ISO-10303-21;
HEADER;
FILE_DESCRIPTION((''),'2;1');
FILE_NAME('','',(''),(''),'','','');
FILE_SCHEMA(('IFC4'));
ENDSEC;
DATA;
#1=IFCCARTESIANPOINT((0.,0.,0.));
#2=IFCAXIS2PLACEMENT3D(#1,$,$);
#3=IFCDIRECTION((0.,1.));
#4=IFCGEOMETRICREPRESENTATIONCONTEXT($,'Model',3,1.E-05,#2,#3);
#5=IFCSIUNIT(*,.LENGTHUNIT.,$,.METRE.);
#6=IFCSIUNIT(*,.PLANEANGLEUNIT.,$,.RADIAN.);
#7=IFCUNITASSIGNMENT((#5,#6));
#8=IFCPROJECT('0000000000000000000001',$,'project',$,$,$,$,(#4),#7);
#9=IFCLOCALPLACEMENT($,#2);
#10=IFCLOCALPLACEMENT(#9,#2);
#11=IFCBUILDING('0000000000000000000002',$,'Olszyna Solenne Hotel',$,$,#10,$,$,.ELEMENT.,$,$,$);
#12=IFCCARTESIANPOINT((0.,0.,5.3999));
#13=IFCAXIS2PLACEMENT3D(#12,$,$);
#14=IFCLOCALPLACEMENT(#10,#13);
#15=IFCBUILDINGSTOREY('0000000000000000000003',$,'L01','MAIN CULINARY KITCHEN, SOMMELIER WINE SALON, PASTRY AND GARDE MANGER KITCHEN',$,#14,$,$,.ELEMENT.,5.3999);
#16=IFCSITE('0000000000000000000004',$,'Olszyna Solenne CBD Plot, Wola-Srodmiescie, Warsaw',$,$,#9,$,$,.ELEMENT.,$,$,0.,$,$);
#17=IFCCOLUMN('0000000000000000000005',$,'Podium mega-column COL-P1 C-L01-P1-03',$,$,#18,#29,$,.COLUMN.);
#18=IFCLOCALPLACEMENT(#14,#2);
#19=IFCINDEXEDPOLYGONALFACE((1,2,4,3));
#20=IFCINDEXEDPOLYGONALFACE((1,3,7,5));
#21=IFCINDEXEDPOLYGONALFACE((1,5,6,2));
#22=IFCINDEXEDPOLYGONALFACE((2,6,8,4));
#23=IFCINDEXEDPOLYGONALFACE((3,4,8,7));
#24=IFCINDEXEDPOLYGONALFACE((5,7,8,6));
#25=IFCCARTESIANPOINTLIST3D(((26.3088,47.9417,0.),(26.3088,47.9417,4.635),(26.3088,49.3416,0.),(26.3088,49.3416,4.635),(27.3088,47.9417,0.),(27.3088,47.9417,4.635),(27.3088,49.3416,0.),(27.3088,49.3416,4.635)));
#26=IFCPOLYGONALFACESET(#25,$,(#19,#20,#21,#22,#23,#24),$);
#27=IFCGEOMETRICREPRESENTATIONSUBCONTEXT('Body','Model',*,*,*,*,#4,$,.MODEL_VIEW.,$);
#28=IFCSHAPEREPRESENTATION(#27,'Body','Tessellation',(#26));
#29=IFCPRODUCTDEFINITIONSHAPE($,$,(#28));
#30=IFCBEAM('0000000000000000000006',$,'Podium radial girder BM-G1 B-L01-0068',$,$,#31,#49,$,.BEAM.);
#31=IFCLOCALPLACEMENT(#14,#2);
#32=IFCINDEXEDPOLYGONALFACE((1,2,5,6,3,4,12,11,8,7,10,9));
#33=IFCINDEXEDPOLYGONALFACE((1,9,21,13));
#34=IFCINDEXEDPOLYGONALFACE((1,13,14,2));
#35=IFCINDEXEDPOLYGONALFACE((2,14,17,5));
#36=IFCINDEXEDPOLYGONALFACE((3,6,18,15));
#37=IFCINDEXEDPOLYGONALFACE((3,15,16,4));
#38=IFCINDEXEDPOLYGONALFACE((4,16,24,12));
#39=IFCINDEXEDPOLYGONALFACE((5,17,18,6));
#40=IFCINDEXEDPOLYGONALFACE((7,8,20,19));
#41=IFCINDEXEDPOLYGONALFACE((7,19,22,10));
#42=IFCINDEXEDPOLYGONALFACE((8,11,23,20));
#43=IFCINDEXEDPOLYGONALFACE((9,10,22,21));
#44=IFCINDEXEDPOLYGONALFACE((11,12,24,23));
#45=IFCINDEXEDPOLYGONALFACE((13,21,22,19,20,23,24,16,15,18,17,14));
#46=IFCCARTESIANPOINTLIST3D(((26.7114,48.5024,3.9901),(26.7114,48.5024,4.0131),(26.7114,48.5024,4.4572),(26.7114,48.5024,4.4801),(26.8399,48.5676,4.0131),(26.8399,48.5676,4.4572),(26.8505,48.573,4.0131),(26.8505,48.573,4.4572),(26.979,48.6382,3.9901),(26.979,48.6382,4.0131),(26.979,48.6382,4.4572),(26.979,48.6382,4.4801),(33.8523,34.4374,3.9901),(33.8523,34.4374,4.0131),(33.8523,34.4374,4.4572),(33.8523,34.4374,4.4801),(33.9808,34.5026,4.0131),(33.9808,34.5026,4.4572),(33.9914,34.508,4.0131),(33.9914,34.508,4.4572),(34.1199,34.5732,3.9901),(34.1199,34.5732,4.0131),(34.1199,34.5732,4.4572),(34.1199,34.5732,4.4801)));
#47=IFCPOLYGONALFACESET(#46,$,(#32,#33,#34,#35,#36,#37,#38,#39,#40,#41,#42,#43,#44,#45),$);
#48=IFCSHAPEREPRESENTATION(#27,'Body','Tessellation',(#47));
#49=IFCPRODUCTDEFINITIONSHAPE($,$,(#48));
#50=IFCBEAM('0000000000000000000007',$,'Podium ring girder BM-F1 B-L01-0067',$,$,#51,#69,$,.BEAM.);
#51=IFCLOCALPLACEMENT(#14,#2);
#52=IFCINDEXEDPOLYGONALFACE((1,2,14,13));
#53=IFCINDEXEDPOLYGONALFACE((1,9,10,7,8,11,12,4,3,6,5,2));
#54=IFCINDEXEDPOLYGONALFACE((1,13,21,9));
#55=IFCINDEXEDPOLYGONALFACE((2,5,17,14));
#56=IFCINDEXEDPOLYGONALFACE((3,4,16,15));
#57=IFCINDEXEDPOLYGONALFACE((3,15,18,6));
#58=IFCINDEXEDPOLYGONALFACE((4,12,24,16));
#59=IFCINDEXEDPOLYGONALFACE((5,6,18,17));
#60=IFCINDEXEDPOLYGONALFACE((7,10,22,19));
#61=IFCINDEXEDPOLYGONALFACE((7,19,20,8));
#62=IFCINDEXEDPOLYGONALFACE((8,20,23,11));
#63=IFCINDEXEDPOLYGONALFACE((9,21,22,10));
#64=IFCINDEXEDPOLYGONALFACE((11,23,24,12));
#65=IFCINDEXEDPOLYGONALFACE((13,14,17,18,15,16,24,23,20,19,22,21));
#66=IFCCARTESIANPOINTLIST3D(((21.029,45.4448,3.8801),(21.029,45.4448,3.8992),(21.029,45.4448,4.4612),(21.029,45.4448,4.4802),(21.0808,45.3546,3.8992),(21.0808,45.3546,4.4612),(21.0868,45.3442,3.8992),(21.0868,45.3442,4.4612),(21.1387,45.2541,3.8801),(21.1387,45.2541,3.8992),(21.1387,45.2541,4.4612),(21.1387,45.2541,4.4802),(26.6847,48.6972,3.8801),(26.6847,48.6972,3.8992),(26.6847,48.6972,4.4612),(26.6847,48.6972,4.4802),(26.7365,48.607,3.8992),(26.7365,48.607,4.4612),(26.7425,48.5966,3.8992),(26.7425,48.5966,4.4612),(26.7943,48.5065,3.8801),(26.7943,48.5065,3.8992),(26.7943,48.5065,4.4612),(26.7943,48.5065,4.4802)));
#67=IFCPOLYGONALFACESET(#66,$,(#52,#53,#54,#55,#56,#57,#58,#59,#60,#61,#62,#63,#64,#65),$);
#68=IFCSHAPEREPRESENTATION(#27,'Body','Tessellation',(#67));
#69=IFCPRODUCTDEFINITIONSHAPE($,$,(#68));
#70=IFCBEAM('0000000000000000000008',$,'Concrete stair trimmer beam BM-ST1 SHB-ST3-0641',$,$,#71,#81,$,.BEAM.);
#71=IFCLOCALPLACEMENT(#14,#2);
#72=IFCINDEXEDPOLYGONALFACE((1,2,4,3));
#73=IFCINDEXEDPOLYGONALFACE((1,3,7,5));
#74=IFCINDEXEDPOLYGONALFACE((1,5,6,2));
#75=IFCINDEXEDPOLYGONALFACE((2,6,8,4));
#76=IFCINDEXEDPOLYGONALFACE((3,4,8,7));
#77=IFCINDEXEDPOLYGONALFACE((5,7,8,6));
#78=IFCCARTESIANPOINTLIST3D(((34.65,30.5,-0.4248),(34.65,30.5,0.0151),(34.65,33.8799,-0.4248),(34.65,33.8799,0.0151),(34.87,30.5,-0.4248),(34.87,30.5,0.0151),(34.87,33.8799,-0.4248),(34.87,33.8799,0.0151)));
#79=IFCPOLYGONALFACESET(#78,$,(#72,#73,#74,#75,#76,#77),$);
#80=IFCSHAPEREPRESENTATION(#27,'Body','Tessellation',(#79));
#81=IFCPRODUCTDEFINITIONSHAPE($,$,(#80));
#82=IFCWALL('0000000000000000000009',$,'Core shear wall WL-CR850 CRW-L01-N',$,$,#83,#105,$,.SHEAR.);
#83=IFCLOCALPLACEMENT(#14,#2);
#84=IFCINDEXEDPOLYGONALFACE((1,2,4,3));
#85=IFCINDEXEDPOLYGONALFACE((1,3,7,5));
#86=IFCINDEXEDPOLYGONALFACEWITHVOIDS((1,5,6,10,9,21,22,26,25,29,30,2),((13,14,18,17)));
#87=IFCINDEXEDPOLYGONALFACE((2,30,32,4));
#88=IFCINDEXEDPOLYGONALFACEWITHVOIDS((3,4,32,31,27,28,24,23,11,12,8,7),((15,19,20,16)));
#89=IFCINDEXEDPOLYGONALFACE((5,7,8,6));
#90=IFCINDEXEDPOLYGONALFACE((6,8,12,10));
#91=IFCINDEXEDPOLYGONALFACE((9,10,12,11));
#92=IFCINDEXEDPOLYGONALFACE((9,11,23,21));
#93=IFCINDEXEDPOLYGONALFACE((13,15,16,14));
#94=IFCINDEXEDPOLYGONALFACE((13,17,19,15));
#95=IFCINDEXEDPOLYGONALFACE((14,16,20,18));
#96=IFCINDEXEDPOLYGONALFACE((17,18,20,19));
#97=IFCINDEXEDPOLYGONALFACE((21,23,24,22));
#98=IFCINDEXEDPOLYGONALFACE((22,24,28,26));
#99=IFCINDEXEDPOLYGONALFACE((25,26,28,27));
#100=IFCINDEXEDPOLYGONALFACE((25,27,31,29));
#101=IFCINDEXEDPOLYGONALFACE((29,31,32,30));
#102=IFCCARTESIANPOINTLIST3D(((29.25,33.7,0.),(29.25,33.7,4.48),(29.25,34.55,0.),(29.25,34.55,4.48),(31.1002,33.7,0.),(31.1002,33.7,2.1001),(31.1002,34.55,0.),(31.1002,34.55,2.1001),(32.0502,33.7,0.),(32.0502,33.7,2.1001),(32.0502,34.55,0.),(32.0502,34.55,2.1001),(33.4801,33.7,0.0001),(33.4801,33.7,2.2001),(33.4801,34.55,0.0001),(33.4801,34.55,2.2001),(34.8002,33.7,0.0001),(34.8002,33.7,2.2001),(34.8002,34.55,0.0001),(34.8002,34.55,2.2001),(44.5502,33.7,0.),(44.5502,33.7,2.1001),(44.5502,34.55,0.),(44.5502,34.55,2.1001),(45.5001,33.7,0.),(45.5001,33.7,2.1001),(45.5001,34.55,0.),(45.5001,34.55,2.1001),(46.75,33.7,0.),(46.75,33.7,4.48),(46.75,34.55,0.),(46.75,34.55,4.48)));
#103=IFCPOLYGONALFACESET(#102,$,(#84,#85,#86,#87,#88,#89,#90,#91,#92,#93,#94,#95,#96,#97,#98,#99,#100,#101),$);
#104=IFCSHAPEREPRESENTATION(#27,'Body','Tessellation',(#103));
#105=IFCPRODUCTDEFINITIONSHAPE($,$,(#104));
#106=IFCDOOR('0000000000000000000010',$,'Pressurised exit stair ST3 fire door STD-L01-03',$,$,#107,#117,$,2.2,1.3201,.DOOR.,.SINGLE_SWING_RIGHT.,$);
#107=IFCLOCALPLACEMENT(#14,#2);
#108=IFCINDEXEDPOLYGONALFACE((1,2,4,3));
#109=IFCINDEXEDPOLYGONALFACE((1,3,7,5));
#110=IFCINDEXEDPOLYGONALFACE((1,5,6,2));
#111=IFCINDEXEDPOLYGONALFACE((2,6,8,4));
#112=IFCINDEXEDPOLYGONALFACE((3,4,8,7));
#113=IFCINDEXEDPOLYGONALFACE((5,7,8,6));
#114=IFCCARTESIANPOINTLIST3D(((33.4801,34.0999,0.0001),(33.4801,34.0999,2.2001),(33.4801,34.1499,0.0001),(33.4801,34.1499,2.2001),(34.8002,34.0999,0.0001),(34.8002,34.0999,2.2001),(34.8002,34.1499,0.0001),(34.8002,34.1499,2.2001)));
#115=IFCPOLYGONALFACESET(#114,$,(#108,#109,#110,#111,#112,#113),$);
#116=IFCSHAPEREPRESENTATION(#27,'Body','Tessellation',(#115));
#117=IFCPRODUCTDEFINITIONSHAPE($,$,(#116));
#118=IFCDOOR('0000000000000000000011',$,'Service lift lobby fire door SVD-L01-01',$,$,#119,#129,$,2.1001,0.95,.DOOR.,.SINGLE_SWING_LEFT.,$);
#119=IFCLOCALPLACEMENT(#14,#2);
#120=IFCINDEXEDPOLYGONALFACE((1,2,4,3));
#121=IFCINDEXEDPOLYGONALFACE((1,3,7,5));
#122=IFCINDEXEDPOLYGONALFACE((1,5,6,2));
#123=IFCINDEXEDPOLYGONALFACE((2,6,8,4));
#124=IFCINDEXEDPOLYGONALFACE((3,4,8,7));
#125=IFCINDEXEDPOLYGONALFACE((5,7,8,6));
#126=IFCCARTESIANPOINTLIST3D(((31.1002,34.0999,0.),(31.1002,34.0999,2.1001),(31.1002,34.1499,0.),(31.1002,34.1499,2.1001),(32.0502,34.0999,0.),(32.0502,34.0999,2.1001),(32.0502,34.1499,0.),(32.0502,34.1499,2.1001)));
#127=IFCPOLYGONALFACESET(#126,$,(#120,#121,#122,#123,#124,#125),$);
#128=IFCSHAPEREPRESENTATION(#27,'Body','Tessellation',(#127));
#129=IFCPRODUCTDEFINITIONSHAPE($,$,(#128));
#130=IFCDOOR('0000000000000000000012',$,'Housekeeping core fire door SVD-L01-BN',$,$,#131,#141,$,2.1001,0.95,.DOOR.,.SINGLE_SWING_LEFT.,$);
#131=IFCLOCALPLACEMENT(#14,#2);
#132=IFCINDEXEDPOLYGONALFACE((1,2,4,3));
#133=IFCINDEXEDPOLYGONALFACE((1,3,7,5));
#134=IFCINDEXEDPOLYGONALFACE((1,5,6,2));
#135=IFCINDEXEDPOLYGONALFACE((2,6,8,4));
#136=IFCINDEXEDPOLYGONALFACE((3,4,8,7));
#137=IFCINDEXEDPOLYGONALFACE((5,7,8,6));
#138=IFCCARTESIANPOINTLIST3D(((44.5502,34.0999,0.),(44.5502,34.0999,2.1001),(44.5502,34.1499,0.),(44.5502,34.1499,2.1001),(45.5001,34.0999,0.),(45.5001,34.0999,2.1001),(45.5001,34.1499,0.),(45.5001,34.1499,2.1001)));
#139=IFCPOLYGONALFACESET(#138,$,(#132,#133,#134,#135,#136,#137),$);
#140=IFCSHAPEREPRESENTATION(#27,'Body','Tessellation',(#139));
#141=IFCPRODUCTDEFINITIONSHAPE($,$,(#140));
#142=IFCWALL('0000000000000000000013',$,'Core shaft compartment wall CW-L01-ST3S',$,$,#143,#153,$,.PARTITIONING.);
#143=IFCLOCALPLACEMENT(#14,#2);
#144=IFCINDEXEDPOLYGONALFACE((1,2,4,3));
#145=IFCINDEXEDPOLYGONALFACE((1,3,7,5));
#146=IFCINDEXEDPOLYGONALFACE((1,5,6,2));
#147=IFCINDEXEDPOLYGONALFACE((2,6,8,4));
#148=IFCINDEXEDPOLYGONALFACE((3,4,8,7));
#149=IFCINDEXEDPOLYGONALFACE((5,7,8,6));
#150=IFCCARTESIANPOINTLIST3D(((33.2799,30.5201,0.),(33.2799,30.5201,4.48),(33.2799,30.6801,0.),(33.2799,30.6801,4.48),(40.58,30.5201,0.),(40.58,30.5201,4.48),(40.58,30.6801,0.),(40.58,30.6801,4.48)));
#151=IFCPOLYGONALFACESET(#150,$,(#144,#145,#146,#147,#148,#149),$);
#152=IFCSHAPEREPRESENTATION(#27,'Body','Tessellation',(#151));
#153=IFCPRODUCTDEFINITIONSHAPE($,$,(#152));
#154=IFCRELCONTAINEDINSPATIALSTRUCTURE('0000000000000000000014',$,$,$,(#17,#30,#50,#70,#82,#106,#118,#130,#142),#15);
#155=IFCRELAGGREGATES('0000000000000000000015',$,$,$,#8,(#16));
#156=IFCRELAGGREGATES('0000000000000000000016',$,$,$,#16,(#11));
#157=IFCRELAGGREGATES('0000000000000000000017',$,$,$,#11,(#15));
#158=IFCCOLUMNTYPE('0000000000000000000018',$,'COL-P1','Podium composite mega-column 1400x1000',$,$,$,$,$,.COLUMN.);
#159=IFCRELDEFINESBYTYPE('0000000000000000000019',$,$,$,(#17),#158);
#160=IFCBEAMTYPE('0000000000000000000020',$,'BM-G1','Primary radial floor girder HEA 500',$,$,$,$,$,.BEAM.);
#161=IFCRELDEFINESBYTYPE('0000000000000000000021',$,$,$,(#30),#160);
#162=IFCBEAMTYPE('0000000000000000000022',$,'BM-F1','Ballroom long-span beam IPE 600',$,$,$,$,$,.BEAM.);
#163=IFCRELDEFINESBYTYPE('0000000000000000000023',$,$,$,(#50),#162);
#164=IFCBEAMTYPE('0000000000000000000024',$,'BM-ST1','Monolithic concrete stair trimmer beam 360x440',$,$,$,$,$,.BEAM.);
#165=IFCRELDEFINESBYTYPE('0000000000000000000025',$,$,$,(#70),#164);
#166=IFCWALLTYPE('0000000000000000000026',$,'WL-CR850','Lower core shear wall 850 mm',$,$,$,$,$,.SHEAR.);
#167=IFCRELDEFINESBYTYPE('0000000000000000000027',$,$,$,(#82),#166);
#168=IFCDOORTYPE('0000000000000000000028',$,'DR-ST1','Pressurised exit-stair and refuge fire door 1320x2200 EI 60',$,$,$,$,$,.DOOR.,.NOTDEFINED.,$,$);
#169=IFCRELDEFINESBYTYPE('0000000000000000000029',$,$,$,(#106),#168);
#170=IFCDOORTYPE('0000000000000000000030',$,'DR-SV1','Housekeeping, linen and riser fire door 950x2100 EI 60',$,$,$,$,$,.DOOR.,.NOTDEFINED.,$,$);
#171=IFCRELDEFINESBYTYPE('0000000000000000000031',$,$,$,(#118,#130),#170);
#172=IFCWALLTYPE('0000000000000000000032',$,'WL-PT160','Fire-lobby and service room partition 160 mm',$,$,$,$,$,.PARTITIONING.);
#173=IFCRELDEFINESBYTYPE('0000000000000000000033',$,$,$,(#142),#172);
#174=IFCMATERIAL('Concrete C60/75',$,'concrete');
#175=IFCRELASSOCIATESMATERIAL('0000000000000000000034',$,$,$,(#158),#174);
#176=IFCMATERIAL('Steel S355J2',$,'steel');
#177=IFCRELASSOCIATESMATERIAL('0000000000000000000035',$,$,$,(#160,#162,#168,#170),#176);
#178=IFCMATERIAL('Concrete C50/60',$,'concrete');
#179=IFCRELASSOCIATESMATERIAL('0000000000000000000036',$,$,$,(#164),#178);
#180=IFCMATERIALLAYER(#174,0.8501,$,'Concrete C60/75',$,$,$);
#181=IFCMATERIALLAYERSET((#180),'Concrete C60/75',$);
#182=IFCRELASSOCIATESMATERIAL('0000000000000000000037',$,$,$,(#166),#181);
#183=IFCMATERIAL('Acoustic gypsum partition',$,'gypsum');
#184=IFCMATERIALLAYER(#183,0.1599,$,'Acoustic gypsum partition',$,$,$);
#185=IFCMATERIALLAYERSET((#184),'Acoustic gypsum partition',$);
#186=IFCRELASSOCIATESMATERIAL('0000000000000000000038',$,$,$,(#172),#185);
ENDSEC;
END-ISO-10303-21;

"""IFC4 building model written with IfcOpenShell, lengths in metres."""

from ifc_helpers import new_model, si_unit, direction, frame, frame_2d, origin, origin_2d, place, context, subcontext, project, spatial, rectangle, i_section, extrude, source, transform, mapped, material, layer, layer_set, material_profile, profile_set, type_object, type_shapes, element, fill, save


model = new_model("IFC4")

# Units and contexts
model_context = context("Model", 3, precision=1e-05, world=origin(), true_north=direction((0.0, 1.0)))
body_context = subcontext(model_context, "Body", "Model", "MODEL_VIEW")
ifc_project = project(units=[si_unit("LENGTHUNIT", "METRE"), si_unit("PLANEANGLEUNIT", "RADIAN")], contexts=[model_context])

# Site, building, storey
site_placement = place(None, origin())
site = spatial("IfcSite", under=ifc_project, at=site_placement, Name="Olszyna Solenne CBD Plot, Wola-Srodmiescie, Warsaw", CompositionType="ELEMENT", RefElevation=0.0)
building_placement = place(site_placement, origin())
building = spatial("IfcBuilding", under=site, at=building_placement, Name="Olszyna Solenne Hotel", CompositionType="ELEMENT")
storey_placement = place(building_placement, frame((0.0, 0.0, 5.3999)))
storey = spatial("IfcBuildingStorey", under=building, at=storey_placement, Name="L01", Description="MAIN CULINARY KITCHEN, SOMMELIER WINE SALON, PASTRY AND GARDE MANGER KITCHEN", CompositionType="ELEMENT", Elevation=5.3999)

# Column
ifc_material_1 = material(Name="Concrete C60/75", Category="concrete")
ifc_material_profile_1 = material_profile(ifc_material_1, rectangle(XDim=1.0, YDim=1.3999, at=origin_2d()), Name="RC 1400x1000", Category="load-bearing")
ifc_profile_set_1 = profile_set([ifc_material_profile_1], Name="Concrete C60/75")
column_type = type_object("IfcColumnType", Name="COL-P1", Description="Podium composite mega-column 1400x1000", PredefinedType="COLUMN", material=ifc_profile_set_1)
shared_shape_1 = source(origin(), body_context, "Body", "SweptSolid", [
    extrude(rectangle(XDim=1.0, YDim=1.3999, at=origin_2d()), origin(), (0.0, 0.0, 1.0), 4.635),
])
column_placement = place(storey_placement, frame((26.8088, 48.6416, 0.0), z_axis=(0.0, 0.0, 1.0), x_axis=(1.0, 0.0, 0.0)))
element("IfcColumn", 1, at=column_placement, inside=storey, type_object=column_type, Name="Podium mega-column COL-P1 C-L01-P1-03", PredefinedType="COLUMN", context=body_context, shape_type="MappedRepresentation", body=[
    mapped(shared_shape_1, transform((0.0, 0.0, 0.0), x_axis=(1.0, 0.0, 0.0), y_axis=(0.0, 1.0, 0.0), z_axis=(0.0, 0.0, 1.0), scale=1.0)),
])

# Beams
ifc_material_2 = material(Name="Steel S355J2", Category="steel")
ifc_material_profile_2 = material_profile(ifc_material_2, i_section(OverallWidth=0.3, OverallDepth=0.49, WebThickness=0.012, FlangeThickness=0.0229, at=origin_2d()), Name="HEA 500", Category="load-bearing")
ifc_profile_set_2 = profile_set([ifc_material_profile_2], Name="Steel S355J2")
beam_type_1 = type_object("IfcBeamType", Name="BM-G1", Description="Primary radial floor girder HEA 500", PredefinedType="BEAM", material=ifc_profile_set_2)
shared_shape_2 = source(origin(), body_context, "Body", "SweptSolid", [
    extrude(i_section(OverallWidth=0.3, OverallDepth=0.49, WebThickness=0.012, FlangeThickness=0.0229, at=origin_2d()), origin(), (0.0, 0.0, 1.0), 15.7739),
])
beam_1_placement = place(storey_placement, frame((26.8452, 48.5703, 4.2351), z_axis=(0.452703, -0.891661, 0.0), x_axis=(0.891661, 0.452703, 0.0)))
element("IfcBeam", 2, at=beam_1_placement, inside=storey, type_object=beam_type_1, Name="Podium radial girder BM-G1 B-L01-0068", PredefinedType="BEAM", context=body_context, shape_type="MappedRepresentation", body=[
    mapped(shared_shape_2, transform((0.0, 0.0, 0.0), x_axis=(1.0, 0.0, 0.0), y_axis=(0.0, 1.0, 0.0), z_axis=(0.0, 0.0, 1.0), scale=1.0)),
])
ifc_material_profile_3 = material_profile(ifc_material_2, i_section(OverallWidth=0.22, OverallDepth=0.6001, WebThickness=0.012, FlangeThickness=0.019, at=origin_2d()), Name="IPE 600", Category="load-bearing")
ifc_profile_set_3 = profile_set([ifc_material_profile_3], Name="Steel S355J2")
beam_type_2 = type_object("IfcBeamType", Name="BM-F1", Description="Ballroom long-span beam IPE 600", PredefinedType="BEAM", material=ifc_profile_set_3)
shared_shape_3 = source(origin(), body_context, "Body", "SweptSolid", [
    extrude(i_section(OverallWidth=0.22, OverallDepth=0.6001, WebThickness=0.012, FlangeThickness=0.019, at=origin_2d()), origin(), (0.0, 0.0, 1.0), 6.5242),
])
beam_2_placement = place(storey_placement, frame((26.7395, 48.6018, 4.1802), z_axis=(-0.866881, -0.498515, 0.0), x_axis=(0.498515, -0.866881, 0.0)))
element("IfcBeam", 3, at=beam_2_placement, inside=storey, type_object=beam_type_2, Name="Podium ring girder BM-F1 B-L01-0067", PredefinedType="BEAM", context=body_context, shape_type="MappedRepresentation", body=[
    mapped(shared_shape_3, transform((0.0, 0.0, 0.0), x_axis=(1.0, 0.0, 0.0), y_axis=(0.0, 1.0, 0.0), z_axis=(0.0, 0.0, 1.0), scale=1.0)),
])
ifc_material_3 = material(Name="Concrete C50/60", Category="concrete")
ifc_material_profile_4 = material_profile(ifc_material_3, rectangle(XDim=0.22, YDim=0.4399, at=origin_2d()), Name="RC 220x440", Category="load-bearing")
ifc_profile_set_4 = profile_set([ifc_material_profile_4], Name="Concrete C50/60")
beam_type_3 = type_object("IfcBeamType", Name="BM-ST1", Description="Monolithic concrete stair trimmer beam 360x440", PredefinedType="BEAM", material=ifc_profile_set_4)
shared_shape_4 = source(origin(), body_context, "Body", "SweptSolid", [
    extrude(rectangle(XDim=0.22, YDim=0.4399, at=origin_2d()), origin(), (0.0, 0.0, 1.0), 3.3799),
])
beam_3_placement = place(storey_placement, frame((34.76, 30.5, -0.2048), z_axis=(0.0, 1.0, 0.0), x_axis=(-1.0, 0.0, 0.0)))
element("IfcBeam", 4, at=beam_3_placement, inside=storey, type_object=beam_type_3, Name="Concrete stair trimmer beam BM-ST1 SHB-ST3-0641", PredefinedType="BEAM", context=body_context, shape_type="MappedRepresentation", body=[
    mapped(shared_shape_4, transform((0.0, 0.0, 0.0), x_axis=(1.0, 0.0, 0.0), y_axis=(0.0, 1.0, 0.0), z_axis=(0.0, 0.0, 1.0), scale=1.0)),
])

# Wall, openings, doors
ifc_layer_1 = layer(ifc_material_1, 0.8501, Name="Concrete C60/75")
ifc_layer_set_1 = layer_set([ifc_layer_1], Name="Concrete C60/75")
wall_type_1 = type_object("IfcWallType", Name="WL-CR850", Description="Lower core shear wall 850 mm", PredefinedType="SHEAR", material=ifc_layer_set_1)
wall_1_placement = place(storey_placement, frame((29.25, 34.125, 0.0), z_axis=(0.0, 0.0, 1.0), x_axis=(1.0, 0.0, 0.0)))
wall_1 = element("IfcWall", 5, at=wall_1_placement, inside=storey, type_object=wall_type_1, Name="Core shear wall WL-CR850 CRW-L01-N", PredefinedType="SHEAR", context=body_context, shape_type="SweptSolid", body=[
    extrude(rectangle(XDim=17.5, YDim=0.8501, at=frame_2d((8.75, 0.0))), origin(), (0.0, 0.0, 1.0), 4.48),
])
opening_1_placement = place(wall_1_placement, frame((1.8501, 0.0, 0.0)))
opening_1 = element("IfcOpeningElement", 6, at=opening_1_placement, cuts=wall_1, PredefinedType="OPENING", context=body_context, shape_type="SweptSolid", body=[
    extrude(rectangle(XDim=0.95, YDim=2.1001, at=frame_2d((0.4751, 1.05))), frame((0.0, 0.4351, 0.0), z_axis=(0.0, -1.0, 0.0), x_axis=(1.0, 0.0, 0.0)), (0.0, 0.0, 1.0), 0.8701),
])
opening_2_placement = place(wall_1_placement, frame((4.23, 0.0, 0.0)))
opening_2 = element("IfcOpeningElement", 7, at=opening_2_placement, cuts=wall_1, PredefinedType="OPENING", context=body_context, shape_type="SweptSolid", body=[
    extrude(rectangle(XDim=1.3201, YDim=2.2, at=frame_2d((0.6602, 1.1001))), frame((0.0, 0.4351, 0.0), z_axis=(0.0, -1.0, 0.0), x_axis=(1.0, 0.0, 0.0)), (0.0, 0.0, 1.0), 0.8701),
])
opening_3_placement = place(wall_1_placement, frame((15.3, 0.0, 0.0)))
opening_3 = element("IfcOpeningElement", 8, at=opening_3_placement, cuts=wall_1, PredefinedType="OPENING", context=body_context, shape_type="SweptSolid", body=[
    extrude(rectangle(XDim=0.95, YDim=2.1001, at=frame_2d((0.4751, 1.05))), frame((0.0, 0.4351, 0.0), z_axis=(0.0, -1.0, 0.0), x_axis=(1.0, 0.0, 0.0)), (0.0, 0.0, 1.0), 0.8701),
])
door_type_1 = type_object("IfcDoorType", Name="DR-ST1", Description="Pressurised exit-stair and refuge fire door 1320x2200 EI 60", OperationType="NOTDEFINED", PredefinedType="DOOR", material=ifc_material_2)
shared_shape_5 = source(origin(), body_context, "Body", "SweptSolid", [
    extrude(rectangle(XDim=1.3201, YDim=2.2, at=frame_2d((0.6602, 1.1001))), frame((0.0, 0.0249, 0.0), z_axis=(0.0, -1.0, 0.0), x_axis=(1.0, 0.0, 0.0)), (0.0, 0.0, 1.0), 0.05),
])
type_shapes(door_type_1, [shared_shape_5])
door_1_placement = place(opening_2_placement, origin())
door_1 = element("IfcDoor", 9, at=door_1_placement, inside=storey, type_object=door_type_1, Name="Pressurised exit stair ST3 fire door STD-L01-03", OperationType="SINGLE_SWING_RIGHT", OverallHeight=2.2, OverallWidth=1.3201, PredefinedType="DOOR", context=body_context, shape_type="MappedRepresentation", body=[
    mapped(shared_shape_5, transform((0.0, 0.0, 0.0), x_axis=(1.0, 0.0, 0.0), y_axis=(0.0, 1.0, 0.0), z_axis=(0.0, 0.0, 1.0), scale=1.0)),
])
fill(opening_2, door_1)
door_type_2 = type_object("IfcDoorType", Name="DR-SV1", Description="Housekeeping, linen and riser fire door 950x2100 EI 60", OperationType="NOTDEFINED", PredefinedType="DOOR", material=ifc_material_2)
shared_shape_6 = source(origin(), body_context, "Body", "SweptSolid", [
    extrude(rectangle(XDim=0.95, YDim=2.1001, at=frame_2d((0.4751, 1.05))), frame((0.0, 0.0249, 0.0), z_axis=(0.0, -1.0, 0.0), x_axis=(1.0, 0.0, 0.0)), (0.0, 0.0, 1.0), 0.05),
])
type_shapes(door_type_2, [shared_shape_6])
door_2_placement = place(opening_1_placement, origin())
door_2 = element("IfcDoor", 10, at=door_2_placement, inside=storey, type_object=door_type_2, Name="Service lift lobby fire door SVD-L01-01", OperationType="SINGLE_SWING_LEFT", OverallHeight=2.1001, OverallWidth=0.95, PredefinedType="DOOR", context=body_context, shape_type="MappedRepresentation", body=[
    mapped(shared_shape_6, transform((0.0, 0.0, 0.0), x_axis=(1.0, 0.0, 0.0), y_axis=(0.0, 1.0, 0.0), z_axis=(0.0, 0.0, 1.0), scale=1.0)),
])
fill(opening_1, door_2)
door_3_placement = place(opening_3_placement, origin())
door_3 = element("IfcDoor", 11, at=door_3_placement, inside=storey, type_object=door_type_2, Name="Housekeeping core fire door SVD-L01-BN", OperationType="SINGLE_SWING_LEFT", OverallHeight=2.1001, OverallWidth=0.95, PredefinedType="DOOR", context=body_context, shape_type="MappedRepresentation", body=[
    mapped(shared_shape_6, transform((0.0, 0.0, 0.0), x_axis=(1.0, 0.0, 0.0), y_axis=(0.0, 1.0, 0.0), z_axis=(0.0, 0.0, 1.0), scale=1.0)),
])
fill(opening_3, door_3)

# Wall
ifc_material_4 = material(Name="Acoustic gypsum partition", Category="gypsum")
ifc_layer_2 = layer(ifc_material_4, 0.1599, Name="Acoustic gypsum partition")
ifc_layer_set_2 = layer_set([ifc_layer_2], Name="Acoustic gypsum partition")
wall_type_2 = type_object("IfcWallType", Name="WL-PT160", Description="Fire-lobby and service room partition 160 mm", PredefinedType="PARTITIONING", material=ifc_layer_set_2)
wall_2_placement = place(storey_placement, frame((33.28, 30.6001, 0.0), z_axis=(0.0, 0.0, 1.0), x_axis=(1.0, 0.0, 0.0)))
element("IfcWall", 12, at=wall_2_placement, inside=storey, type_object=wall_type_2, Name="Core shaft compartment wall CW-L01-ST3S", PredefinedType="PARTITIONING", context=body_context, shape_type="SweptSolid", body=[
    extrude(rectangle(XDim=7.3, YDim=0.1599, at=frame_2d((3.6499, 0.0))), origin(), (0.0, 0.0, 1.0), 4.48),
])

save(model, "model.ifc")
